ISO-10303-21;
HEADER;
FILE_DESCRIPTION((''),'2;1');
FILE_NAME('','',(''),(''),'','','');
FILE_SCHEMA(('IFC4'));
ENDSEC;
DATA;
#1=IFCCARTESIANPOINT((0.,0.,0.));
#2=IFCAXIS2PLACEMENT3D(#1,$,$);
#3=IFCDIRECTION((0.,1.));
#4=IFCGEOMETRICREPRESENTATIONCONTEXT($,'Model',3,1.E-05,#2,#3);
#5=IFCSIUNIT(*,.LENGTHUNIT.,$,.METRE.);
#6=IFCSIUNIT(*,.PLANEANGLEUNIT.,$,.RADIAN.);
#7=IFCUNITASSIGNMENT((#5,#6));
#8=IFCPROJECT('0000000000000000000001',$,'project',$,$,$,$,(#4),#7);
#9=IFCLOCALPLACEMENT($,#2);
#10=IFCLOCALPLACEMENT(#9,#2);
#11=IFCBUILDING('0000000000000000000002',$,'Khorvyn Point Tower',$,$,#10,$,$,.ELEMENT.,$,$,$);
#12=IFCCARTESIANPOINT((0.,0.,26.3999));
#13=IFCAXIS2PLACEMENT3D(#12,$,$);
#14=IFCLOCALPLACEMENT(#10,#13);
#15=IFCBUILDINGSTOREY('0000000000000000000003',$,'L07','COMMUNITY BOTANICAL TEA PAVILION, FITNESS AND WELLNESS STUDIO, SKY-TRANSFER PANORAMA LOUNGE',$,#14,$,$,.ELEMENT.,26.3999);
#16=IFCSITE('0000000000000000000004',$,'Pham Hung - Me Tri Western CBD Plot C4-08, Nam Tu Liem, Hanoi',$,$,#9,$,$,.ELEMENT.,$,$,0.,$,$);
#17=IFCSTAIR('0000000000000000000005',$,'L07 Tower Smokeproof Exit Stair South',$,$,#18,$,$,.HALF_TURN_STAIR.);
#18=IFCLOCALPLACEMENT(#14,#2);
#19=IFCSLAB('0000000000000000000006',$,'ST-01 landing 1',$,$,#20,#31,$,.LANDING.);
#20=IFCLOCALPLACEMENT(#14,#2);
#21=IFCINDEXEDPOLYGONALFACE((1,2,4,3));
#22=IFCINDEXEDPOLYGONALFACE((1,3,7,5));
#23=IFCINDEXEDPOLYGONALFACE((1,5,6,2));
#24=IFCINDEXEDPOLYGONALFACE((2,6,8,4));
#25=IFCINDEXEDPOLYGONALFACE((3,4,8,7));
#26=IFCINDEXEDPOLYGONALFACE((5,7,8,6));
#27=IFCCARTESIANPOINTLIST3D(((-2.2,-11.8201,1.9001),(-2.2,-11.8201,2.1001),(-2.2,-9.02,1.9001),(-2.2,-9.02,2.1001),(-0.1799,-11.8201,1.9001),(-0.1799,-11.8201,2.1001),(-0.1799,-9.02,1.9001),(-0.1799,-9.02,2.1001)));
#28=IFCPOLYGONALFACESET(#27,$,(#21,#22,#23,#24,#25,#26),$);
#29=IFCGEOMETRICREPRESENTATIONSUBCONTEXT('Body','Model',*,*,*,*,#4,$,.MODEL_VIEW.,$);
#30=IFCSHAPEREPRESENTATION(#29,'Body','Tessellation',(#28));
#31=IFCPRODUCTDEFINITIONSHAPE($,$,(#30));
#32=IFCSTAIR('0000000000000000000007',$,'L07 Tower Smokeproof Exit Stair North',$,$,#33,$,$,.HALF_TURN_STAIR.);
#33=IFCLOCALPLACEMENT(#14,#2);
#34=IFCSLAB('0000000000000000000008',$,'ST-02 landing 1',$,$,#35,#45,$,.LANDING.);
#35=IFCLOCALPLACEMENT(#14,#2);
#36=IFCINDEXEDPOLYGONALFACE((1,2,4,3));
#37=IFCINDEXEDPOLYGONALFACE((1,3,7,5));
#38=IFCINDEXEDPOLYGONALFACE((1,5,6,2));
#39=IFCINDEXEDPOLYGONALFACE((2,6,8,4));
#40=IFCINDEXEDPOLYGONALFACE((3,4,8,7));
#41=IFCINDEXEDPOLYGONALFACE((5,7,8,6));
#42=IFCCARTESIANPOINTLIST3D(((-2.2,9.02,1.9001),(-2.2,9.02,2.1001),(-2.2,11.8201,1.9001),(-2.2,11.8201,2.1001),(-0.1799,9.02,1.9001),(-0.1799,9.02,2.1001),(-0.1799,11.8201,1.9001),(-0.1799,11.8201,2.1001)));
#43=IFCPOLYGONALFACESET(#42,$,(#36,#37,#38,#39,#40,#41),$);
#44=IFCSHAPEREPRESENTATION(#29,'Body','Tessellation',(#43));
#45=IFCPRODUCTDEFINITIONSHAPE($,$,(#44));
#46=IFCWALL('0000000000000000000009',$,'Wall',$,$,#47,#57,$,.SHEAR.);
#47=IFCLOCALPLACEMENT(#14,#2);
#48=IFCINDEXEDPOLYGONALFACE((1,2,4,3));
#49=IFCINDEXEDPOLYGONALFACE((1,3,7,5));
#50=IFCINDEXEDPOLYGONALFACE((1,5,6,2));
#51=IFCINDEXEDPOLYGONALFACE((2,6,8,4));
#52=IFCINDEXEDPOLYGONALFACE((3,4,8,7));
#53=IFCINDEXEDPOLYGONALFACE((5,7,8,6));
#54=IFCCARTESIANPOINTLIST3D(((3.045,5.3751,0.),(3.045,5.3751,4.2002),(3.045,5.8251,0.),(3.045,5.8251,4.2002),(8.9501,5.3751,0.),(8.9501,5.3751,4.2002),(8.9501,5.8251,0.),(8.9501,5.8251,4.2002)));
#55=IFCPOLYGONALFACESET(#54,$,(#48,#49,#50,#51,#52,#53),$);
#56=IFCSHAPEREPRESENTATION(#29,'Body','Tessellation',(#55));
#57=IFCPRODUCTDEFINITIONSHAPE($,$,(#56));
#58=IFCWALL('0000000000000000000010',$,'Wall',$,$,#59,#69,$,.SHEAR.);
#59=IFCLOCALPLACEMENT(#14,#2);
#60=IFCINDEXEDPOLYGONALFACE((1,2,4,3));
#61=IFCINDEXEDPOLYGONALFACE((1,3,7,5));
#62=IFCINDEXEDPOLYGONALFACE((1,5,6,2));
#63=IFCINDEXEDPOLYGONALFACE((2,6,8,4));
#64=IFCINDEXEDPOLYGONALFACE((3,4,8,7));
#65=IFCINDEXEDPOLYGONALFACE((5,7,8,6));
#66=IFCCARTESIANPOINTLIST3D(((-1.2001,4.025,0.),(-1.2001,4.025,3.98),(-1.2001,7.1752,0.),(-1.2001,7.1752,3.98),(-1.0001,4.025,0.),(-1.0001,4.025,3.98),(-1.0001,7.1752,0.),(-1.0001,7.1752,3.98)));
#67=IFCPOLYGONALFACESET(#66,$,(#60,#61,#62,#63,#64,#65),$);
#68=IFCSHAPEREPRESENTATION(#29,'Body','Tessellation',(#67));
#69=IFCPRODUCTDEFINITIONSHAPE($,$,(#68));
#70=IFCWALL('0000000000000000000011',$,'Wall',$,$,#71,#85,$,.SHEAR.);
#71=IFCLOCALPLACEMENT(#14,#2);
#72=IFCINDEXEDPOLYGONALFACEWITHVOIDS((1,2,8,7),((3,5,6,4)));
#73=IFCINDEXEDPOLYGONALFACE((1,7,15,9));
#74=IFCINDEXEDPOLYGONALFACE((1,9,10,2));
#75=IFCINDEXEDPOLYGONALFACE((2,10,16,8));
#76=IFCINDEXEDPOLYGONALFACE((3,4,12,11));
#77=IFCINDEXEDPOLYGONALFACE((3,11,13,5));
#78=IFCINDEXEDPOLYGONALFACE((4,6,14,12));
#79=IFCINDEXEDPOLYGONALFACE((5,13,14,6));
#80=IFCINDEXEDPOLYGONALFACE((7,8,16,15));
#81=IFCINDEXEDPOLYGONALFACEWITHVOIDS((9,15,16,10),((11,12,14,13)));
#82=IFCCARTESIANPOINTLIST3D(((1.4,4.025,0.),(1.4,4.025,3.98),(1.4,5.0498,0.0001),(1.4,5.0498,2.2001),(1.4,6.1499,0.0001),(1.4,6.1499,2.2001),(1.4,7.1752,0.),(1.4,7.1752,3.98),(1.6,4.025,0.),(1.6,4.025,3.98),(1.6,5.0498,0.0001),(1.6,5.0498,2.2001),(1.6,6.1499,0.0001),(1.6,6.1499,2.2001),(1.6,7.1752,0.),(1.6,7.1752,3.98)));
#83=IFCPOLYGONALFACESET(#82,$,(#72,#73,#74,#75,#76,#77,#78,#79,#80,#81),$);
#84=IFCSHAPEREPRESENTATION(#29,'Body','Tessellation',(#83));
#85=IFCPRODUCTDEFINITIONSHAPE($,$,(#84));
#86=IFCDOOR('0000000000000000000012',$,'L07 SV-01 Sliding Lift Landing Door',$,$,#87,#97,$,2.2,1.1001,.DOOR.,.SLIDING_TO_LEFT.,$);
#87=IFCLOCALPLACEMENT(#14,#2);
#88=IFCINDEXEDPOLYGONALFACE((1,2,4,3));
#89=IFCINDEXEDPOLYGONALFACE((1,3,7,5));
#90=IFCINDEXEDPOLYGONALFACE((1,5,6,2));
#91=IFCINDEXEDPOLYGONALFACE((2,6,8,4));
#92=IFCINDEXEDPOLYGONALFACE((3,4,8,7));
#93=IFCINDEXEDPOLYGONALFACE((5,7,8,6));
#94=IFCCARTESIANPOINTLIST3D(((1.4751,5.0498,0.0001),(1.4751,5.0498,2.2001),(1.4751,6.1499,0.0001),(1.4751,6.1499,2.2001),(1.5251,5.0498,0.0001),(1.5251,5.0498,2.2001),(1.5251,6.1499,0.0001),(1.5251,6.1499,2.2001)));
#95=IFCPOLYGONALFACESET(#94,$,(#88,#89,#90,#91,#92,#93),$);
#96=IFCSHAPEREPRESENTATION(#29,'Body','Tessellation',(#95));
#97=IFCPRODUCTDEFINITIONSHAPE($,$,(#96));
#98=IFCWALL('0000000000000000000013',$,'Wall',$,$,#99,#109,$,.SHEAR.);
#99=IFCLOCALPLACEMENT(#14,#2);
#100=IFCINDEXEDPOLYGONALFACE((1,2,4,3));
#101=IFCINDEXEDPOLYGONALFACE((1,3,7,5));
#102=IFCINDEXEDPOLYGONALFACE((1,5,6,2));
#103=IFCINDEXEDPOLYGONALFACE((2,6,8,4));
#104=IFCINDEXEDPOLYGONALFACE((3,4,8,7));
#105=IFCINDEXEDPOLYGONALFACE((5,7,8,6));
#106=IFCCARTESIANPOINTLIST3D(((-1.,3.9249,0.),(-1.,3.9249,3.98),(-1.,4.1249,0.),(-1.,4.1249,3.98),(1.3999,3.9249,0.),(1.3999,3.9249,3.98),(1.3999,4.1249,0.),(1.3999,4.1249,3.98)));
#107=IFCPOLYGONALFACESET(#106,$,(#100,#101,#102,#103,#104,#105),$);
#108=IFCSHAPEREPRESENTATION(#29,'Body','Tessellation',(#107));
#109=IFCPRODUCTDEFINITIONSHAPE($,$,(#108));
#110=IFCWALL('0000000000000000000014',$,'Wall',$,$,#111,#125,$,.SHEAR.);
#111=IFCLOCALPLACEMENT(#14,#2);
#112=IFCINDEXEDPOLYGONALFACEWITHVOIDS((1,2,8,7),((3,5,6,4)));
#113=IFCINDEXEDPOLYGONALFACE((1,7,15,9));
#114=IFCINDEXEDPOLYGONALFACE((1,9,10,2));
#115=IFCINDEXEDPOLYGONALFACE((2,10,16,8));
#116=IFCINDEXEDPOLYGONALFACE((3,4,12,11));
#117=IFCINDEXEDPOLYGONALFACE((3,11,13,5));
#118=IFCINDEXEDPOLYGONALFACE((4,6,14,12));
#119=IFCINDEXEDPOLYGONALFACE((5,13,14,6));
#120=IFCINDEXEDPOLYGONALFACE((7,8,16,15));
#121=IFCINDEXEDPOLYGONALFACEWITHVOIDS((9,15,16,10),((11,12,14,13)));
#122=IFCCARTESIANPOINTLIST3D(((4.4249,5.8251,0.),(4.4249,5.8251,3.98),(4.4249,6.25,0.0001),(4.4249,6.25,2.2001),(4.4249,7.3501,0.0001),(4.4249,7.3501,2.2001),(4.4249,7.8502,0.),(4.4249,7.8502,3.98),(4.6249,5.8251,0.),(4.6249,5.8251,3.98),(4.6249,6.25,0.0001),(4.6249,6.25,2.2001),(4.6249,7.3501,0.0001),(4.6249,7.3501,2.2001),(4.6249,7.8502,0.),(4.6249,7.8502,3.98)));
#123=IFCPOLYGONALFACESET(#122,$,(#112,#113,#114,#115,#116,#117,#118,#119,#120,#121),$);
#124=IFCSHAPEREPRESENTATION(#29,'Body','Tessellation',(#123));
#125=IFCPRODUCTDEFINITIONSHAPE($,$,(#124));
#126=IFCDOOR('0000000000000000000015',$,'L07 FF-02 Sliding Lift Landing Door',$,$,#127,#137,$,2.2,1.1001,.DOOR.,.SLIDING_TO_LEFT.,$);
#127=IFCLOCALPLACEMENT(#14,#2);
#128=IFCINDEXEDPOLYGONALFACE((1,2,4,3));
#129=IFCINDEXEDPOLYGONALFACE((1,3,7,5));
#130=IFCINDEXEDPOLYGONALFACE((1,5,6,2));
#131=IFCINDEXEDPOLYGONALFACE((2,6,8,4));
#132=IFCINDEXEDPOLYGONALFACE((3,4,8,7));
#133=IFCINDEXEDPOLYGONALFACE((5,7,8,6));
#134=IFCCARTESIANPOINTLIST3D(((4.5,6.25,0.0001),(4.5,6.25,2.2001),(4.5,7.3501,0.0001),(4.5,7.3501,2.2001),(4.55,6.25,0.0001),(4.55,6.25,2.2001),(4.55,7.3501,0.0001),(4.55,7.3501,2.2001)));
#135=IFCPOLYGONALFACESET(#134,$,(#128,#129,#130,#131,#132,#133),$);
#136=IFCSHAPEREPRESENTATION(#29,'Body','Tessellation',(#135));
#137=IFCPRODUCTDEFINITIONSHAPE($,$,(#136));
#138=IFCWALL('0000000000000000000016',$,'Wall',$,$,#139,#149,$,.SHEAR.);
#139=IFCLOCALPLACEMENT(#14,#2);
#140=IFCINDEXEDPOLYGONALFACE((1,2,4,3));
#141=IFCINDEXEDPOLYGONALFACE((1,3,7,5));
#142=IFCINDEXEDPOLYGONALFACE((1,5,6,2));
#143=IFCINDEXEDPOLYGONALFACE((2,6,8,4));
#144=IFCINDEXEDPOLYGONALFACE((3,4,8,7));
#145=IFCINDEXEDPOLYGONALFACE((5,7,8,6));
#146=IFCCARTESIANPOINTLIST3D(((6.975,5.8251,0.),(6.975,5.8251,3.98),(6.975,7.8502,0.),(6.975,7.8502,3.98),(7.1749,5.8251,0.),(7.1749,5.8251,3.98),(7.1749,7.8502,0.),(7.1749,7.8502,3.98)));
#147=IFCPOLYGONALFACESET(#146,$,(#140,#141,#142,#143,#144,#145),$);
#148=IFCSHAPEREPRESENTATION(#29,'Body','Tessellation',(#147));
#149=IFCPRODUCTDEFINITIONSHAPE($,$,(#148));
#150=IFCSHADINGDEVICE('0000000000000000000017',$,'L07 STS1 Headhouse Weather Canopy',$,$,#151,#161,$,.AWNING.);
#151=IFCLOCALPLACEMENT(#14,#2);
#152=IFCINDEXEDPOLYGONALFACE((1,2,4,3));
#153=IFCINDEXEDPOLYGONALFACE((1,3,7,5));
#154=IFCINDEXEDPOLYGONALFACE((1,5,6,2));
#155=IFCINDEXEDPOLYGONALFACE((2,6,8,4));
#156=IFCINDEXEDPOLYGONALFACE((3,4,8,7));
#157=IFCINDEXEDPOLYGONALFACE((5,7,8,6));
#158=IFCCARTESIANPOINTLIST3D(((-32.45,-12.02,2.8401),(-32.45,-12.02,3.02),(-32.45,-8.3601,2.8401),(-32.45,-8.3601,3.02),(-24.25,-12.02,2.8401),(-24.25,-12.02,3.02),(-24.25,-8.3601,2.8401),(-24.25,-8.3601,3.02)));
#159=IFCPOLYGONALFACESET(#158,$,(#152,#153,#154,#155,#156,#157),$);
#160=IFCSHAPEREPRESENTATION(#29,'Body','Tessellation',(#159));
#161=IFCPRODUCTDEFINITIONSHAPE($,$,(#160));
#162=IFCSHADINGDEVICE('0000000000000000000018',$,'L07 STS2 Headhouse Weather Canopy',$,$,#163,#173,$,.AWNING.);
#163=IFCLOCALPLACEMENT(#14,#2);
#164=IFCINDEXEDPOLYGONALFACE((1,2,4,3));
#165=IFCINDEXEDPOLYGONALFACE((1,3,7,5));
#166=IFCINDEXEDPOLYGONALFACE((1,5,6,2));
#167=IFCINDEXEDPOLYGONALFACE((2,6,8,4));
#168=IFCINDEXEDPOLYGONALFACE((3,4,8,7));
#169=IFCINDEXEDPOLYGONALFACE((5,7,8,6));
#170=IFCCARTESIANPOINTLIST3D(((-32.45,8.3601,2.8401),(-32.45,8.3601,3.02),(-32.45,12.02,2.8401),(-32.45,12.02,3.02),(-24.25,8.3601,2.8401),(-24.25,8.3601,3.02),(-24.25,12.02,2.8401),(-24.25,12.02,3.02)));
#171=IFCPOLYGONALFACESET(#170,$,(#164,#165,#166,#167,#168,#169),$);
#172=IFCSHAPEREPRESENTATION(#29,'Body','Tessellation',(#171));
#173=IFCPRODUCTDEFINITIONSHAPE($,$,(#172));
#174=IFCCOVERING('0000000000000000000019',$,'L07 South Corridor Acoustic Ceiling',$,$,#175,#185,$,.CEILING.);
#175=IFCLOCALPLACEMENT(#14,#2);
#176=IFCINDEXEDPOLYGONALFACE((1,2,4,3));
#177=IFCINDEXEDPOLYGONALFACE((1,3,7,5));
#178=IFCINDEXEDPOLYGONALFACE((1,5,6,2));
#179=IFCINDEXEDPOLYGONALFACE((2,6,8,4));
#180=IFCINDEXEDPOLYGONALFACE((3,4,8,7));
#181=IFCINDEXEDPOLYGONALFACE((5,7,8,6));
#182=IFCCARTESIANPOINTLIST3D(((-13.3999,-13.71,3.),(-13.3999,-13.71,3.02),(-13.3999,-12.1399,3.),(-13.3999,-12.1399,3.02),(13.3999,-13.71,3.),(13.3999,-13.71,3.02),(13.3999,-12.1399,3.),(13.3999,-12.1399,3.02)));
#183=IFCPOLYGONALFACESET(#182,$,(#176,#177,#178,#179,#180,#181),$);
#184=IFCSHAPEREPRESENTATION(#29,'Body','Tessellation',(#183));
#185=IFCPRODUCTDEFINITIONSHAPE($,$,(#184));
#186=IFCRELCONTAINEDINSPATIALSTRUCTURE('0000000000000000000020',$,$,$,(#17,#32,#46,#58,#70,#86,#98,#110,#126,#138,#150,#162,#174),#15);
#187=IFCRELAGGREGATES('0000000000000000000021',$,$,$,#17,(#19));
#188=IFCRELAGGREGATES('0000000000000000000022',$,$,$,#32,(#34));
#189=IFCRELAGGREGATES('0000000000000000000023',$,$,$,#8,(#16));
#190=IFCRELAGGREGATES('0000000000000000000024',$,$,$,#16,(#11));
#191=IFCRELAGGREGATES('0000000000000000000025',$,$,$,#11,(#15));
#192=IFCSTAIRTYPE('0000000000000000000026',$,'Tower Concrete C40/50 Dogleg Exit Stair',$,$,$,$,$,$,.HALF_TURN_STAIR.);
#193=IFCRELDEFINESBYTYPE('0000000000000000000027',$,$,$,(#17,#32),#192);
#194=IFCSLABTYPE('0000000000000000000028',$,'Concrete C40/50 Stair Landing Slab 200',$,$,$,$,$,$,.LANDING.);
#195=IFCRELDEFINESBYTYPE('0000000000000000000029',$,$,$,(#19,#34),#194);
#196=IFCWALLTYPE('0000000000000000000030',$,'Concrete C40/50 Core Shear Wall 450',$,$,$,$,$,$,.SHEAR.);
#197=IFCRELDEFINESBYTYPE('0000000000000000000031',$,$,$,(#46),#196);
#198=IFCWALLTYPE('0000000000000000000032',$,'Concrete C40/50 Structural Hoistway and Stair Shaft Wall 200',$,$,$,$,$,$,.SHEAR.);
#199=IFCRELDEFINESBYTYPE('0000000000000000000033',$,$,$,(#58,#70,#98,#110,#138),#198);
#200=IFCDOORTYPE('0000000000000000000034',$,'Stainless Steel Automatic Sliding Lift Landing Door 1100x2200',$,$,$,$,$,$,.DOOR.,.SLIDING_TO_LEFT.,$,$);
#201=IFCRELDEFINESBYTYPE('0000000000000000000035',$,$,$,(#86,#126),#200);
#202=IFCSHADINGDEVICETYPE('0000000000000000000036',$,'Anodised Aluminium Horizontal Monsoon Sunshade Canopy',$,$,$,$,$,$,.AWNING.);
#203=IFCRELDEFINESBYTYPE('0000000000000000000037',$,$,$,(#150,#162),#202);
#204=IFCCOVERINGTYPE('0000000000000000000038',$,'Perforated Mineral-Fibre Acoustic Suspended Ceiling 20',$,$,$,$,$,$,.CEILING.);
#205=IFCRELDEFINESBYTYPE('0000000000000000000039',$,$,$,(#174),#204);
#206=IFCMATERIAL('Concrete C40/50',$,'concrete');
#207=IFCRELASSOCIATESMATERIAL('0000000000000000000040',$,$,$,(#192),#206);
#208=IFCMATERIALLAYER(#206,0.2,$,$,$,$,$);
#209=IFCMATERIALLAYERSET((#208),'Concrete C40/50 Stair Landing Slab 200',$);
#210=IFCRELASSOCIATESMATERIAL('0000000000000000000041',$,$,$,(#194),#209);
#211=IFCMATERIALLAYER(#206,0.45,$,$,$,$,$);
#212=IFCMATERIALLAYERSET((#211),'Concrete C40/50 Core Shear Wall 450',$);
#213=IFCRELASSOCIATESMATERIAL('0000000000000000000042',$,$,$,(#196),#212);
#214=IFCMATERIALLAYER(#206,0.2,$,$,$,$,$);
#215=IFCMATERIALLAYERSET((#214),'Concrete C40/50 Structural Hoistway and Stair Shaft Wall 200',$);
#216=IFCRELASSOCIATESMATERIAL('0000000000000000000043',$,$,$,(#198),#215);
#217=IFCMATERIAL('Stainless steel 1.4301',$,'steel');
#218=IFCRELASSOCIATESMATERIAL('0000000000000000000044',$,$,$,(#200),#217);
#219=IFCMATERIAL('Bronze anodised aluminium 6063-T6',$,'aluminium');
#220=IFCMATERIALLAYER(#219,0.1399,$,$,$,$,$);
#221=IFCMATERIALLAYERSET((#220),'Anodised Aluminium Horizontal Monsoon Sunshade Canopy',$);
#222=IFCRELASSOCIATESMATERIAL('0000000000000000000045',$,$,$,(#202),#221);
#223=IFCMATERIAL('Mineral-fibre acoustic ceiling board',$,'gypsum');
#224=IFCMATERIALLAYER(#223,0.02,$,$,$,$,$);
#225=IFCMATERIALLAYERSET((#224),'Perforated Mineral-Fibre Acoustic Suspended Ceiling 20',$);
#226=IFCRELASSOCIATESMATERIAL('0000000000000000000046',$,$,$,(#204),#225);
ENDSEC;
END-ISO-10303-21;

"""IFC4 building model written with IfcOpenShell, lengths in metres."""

from ifc_helpers import new_model, si_unit, direction, frame, frame_2d, origin, place, context, subcontext, project, spatial, polyline, rectangle, outline, extrude, material, layer, layer_set, type_object, element, fill, aggregate, save


model = new_model("IFC4")

# Units and contexts
model_context = context("Model", 3, precision=1e-05, world=origin(), true_north=direction((0.0, 1.0)))
body_context = subcontext(model_context, "Body", "Model", "MODEL_VIEW")
ifc_project = project(units=[si_unit("LENGTHUNIT", "METRE"), si_unit("PLANEANGLEUNIT", "RADIAN")], contexts=[model_context])

# Site, building, storey
site_placement = place(None, origin())
site = spatial("IfcSite", under=ifc_project, at=site_placement, Name="Pham Hung - Me Tri Western CBD Plot C4-08, Nam Tu Liem, Hanoi", CompositionType="ELEMENT", RefElevation=0.0)
building_placement = place(site_placement, origin())
building = spatial("IfcBuilding", under=site, at=building_placement, Name="Khorvyn Point Tower", CompositionType="ELEMENT")
storey_placement = place(building_placement, frame((0.0, 0.0, 26.3999)))
storey = spatial("IfcBuildingStorey", under=building, at=storey_placement, Name="L07", Description="COMMUNITY BOTANICAL TEA PAVILION, FITNESS AND WELLNESS STUDIO, SKY-TRANSFER PANORAMA LOUNGE", CompositionType="ELEMENT", Elevation=26.3999)

# Shared definitions
ifc_material_1 = material(Name="Concrete C40/50", Category="concrete")

# Stairs, slabs
stair_type = type_object("IfcStairType", Name="Tower Concrete C40/50 Dogleg Exit Stair", PredefinedType="HALF_TURN_STAIR", material=ifc_material_1)
stair_1_placement = place(storey_placement, origin())
stair_1 = element("IfcStair", 1, at=stair_1_placement, inside=storey, type_object=stair_type, Name="L07 Tower Smokeproof Exit Stair South", PredefinedType="HALF_TURN_STAIR")
ifc_layer_1 = layer(ifc_material_1, 0.2)
ifc_layer_set_1 = layer_set([ifc_layer_1], Name="Concrete C40/50 Stair Landing Slab 200")
slab_type_1 = type_object("IfcSlabType", Name="Concrete C40/50 Stair Landing Slab 200", PredefinedType="LANDING", material=ifc_layer_set_1)
slab_1_placement = place(storey_placement, frame((0.0, 0.0, 1.9001)))
slab_1 = element("IfcSlab", 2, at=slab_1_placement, type_object=slab_type_1, Name="ST-01 landing 1", PredefinedType="LANDING", context=body_context, shape_type="SweptSolid", body=[
    extrude(outline(polyline([(-0.1799, -9.02), (-2.2, -9.02), (-2.2, -11.8201), (-0.1799, -11.8201), (-0.1799, -9.02)])), origin(), (0.0, 0.0, 1.0), 0.2),
])
aggregate(stair_1, [slab_1])
stair_2_placement = place(storey_placement, origin())
stair_2 = element("IfcStair", 3, at=stair_2_placement, inside=storey, type_object=stair_type, Name="L07 Tower Smokeproof Exit Stair North", PredefinedType="HALF_TURN_STAIR")
slab_2_placement = place(storey_placement, frame((0.0, 0.0, 1.9001)))
slab_2 = element("IfcSlab", 4, at=slab_2_placement, type_object=slab_type_1, Name="ST-02 landing 1", PredefinedType="LANDING", context=body_context, shape_type="SweptSolid", body=[
    extrude(outline(polyline([(-0.1799, 11.8201), (-2.2, 11.8201), (-2.2, 9.02), (-0.1799, 9.02), (-0.1799, 11.8201)])), origin(), (0.0, 0.0, 1.0), 0.2),
])
aggregate(stair_2, [slab_2])

# Walls
ifc_layer_2 = layer(ifc_material_1, 0.45)
ifc_layer_set_2 = layer_set([ifc_layer_2], Name="Concrete C40/50 Core Shear Wall 450")
wall_type_1 = type_object("IfcWallType", Name="Concrete C40/50 Core Shear Wall 450", PredefinedType="SHEAR", material=ifc_layer_set_2)
wall_1_placement = place(storey_placement, frame((3.0449, 5.6001, 0.0), z_axis=(0.0, 0.0, 1.0), x_axis=(1.0, 0.0, 0.0)))
element("IfcWall", 5, at=wall_1_placement, inside=storey, type_object=wall_type_1, Name="Wall", PredefinedType="SHEAR", context=body_context, shape_type="SweptSolid", body=[
    extrude(rectangle(XDim=5.905, YDim=0.45, at=frame_2d((2.9526, 0.0))), origin(), (0.0, 0.0, 1.0), 4.2002),
])
ifc_layer_3 = layer(ifc_material_1, 0.2)
ifc_layer_set_3 = layer_set([ifc_layer_3], Name="Concrete C40/50 Structural Hoistway and Stair Shaft Wall 200")
wall_type_2 = type_object("IfcWallType", Name="Concrete C40/50 Structural Hoistway and Stair Shaft Wall 200", PredefinedType="SHEAR", material=ifc_layer_set_3)
wall_2_placement = place(storey_placement, frame((-1.1001, 4.0249, 0.0), z_axis=(0.0, 0.0, 1.0), x_axis=(0.0, 1.0, 0.0)))
element("IfcWall", 6, at=wall_2_placement, inside=storey, type_object=wall_type_2, Name="Wall", PredefinedType="SHEAR", context=body_context, shape_type="SweptSolid", body=[
    extrude(rectangle(XDim=3.1501, YDim=0.2, at=frame_2d((1.5752, 0.0))), origin(), (0.0, 0.0, 1.0), 3.98),
])

# Wall, opening, door
wall_3_placement = place(storey_placement, frame((1.5, 4.0249, 0.0), z_axis=(0.0, 0.0, 1.0), x_axis=(0.0, 1.0, 0.0)))
wall_3 = element("IfcWall", 7, at=wall_3_placement, inside=storey, type_object=wall_type_2, Name="Wall", PredefinedType="SHEAR", context=body_context, shape_type="SweptSolid", body=[
    extrude(rectangle(XDim=3.1501, YDim=0.2, at=frame_2d((1.5752, 0.0))), origin(), (0.0, 0.0, 1.0), 3.98),
])
opening_1_placement = place(wall_3_placement, frame((1.0249, 0.0, 0.0)))
opening_1 = element("IfcOpeningElement", 8, at=opening_1_placement, cuts=wall_3, PredefinedType="OPENING", context=body_context, shape_type="SweptSolid", body=[
    extrude(rectangle(XDim=1.1001, YDim=2.2, at=frame_2d((0.55, 1.1001))), frame((0.0, 0.1099, 0.0), z_axis=(0.0, -1.0, 0.0), x_axis=(1.0, 0.0, 0.0)), (0.0, 0.0, 1.0), 0.22),
])
ifc_material_2 = material(Name="Stainless steel 1.4301", Category="steel")
door_type = type_object("IfcDoorType", Name="Stainless Steel Automatic Sliding Lift Landing Door 1100x2200", OperationType="SLIDING_TO_LEFT", PredefinedType="DOOR", material=ifc_material_2)
door_1_placement = place(opening_1_placement, origin())
door_1 = element("IfcDoor", 9, at=door_1_placement, inside=storey, type_object=door_type, Name="L07 SV-01 Sliding Lift Landing Door", OperationType="SLIDING_TO_LEFT", OverallHeight=2.2, OverallWidth=1.1001, PredefinedType="DOOR", context=body_context, shape_type="SweptSolid", body=[
    extrude(rectangle(XDim=1.1001, YDim=2.2, at=frame_2d((0.55, 1.1001))), frame((0.0, 0.0249, 0.0), z_axis=(0.0, -1.0, 0.0), x_axis=(1.0, 0.0, 0.0)), (0.0, 0.0, 1.0), 0.05),
])
fill(opening_1, door_1)

# Wall
wall_4_placement = place(storey_placement, frame((-1.0, 4.0249, 0.0), z_axis=(0.0, 0.0, 1.0), x_axis=(1.0, 0.0, 0.0)))
element("IfcWall", 10, at=wall_4_placement, inside=storey, type_object=wall_type_2, Name="Wall", PredefinedType="SHEAR", context=body_context, shape_type="SweptSolid", body=[
    extrude(rectangle(XDim=2.3999, YDim=0.2, at=frame_2d((1.2, 0.0))), origin(), (0.0, 0.0, 1.0), 3.98),
])

# Wall, opening, door
wall_5_placement = place(storey_placement, frame((4.5249, 5.825, 0.0), z_axis=(0.0, 0.0, 1.0), x_axis=(0.0, 1.0, 0.0)))
wall_5 = element("IfcWall", 11, at=wall_5_placement, inside=storey, type_object=wall_type_2, Name="Wall", PredefinedType="SHEAR", context=body_context, shape_type="SweptSolid", body=[
    extrude(rectangle(XDim=2.0251, YDim=0.2, at=frame_2d((1.0127, 0.0))), origin(), (0.0, 0.0, 1.0), 3.98),
])
opening_2_placement = place(wall_5_placement, frame((0.425, 0.0, 0.0)))
opening_2 = element("IfcOpeningElement", 12, at=opening_2_placement, cuts=wall_5, PredefinedType="OPENING", context=body_context, shape_type="SweptSolid", body=[
    extrude(rectangle(XDim=1.1001, YDim=2.2, at=frame_2d((0.55, 1.1001))), frame((0.0, 0.1099, 0.0), z_axis=(0.0, -1.0, 0.0), x_axis=(1.0, 0.0, 0.0)), (0.0, 0.0, 1.0), 0.22),
])
door_2_placement = place(opening_2_placement, origin())
door_2 = element("IfcDoor", 13, at=door_2_placement, inside=storey, type_object=door_type, Name="L07 FF-02 Sliding Lift Landing Door", OperationType="SLIDING_TO_LEFT", OverallHeight=2.2, OverallWidth=1.1001, PredefinedType="DOOR", context=body_context, shape_type="SweptSolid", body=[
    extrude(rectangle(XDim=1.1001, YDim=2.2, at=frame_2d((0.55, 1.1001))), frame((0.0, 0.0249, 0.0), z_axis=(0.0, -1.0, 0.0), x_axis=(1.0, 0.0, 0.0)), (0.0, 0.0, 1.0), 0.05),
])
fill(opening_2, door_2)

# Wall
wall_6_placement = place(storey_placement, frame((7.075, 5.825, 0.0), z_axis=(0.0, 0.0, 1.0), x_axis=(0.0, 1.0, 0.0)))
element("IfcWall", 14, at=wall_6_placement, inside=storey, type_object=wall_type_2, Name="Wall", PredefinedType="SHEAR", context=body_context, shape_type="SweptSolid", body=[
    extrude(rectangle(XDim=2.0251, YDim=0.2, at=frame_2d((1.0127, 0.0))), origin(), (0.0, 0.0, 1.0), 3.98),
])

# Shading devices
ifc_material_3 = material(Name="Bronze anodised aluminium 6063-T6", Category="aluminium")
ifc_layer_4 = layer(ifc_material_3, 0.1399)
ifc_layer_set_4 = layer_set([ifc_layer_4], Name="Anodised Aluminium Horizontal Monsoon Sunshade Canopy")
shading_device_type = type_object("IfcShadingDeviceType", Name="Anodised Aluminium Horizontal Monsoon Sunshade Canopy", PredefinedType="AWNING", material=ifc_layer_set_4)
shading_device_1_placement = place(storey_placement, frame((0.0, 0.0, 2.8401)))
element("IfcShadingDevice", 15, at=shading_device_1_placement, inside=storey, type_object=shading_device_type, Name="L07 STS1 Headhouse Weather Canopy", PredefinedType="AWNING", context=body_context, shape_type="SweptSolid", body=[
    extrude(outline(polyline([(-32.45, -12.02), (-24.25, -12.02), (-24.25, -8.3601), (-32.45, -8.3601), (-32.45, -12.02)])), origin(), (0.0, 0.0, 1.0), 0.1799),
])
shading_device_2_placement = place(storey_placement, frame((0.0, 0.0, 2.8401)))
element("IfcShadingDevice", 16, at=shading_device_2_placement, inside=storey, type_object=shading_device_type, Name="L07 STS2 Headhouse Weather Canopy", PredefinedType="AWNING", context=body_context, shape_type="SweptSolid", body=[
    extrude(outline(polyline([(-32.45, 8.3601), (-24.25, 8.3601), (-24.25, 12.02), (-32.45, 12.02), (-32.45, 8.3601)])), origin(), (0.0, 0.0, 1.0), 0.1799),
])

# Covering
ifc_material_4 = material(Name="Mineral-fibre acoustic ceiling board", Category="gypsum")
ifc_layer_5 = layer(ifc_material_4, 0.02)
ifc_layer_set_5 = layer_set([ifc_layer_5], Name="Perforated Mineral-Fibre Acoustic Suspended Ceiling 20")
covering_type_1 = type_object("IfcCoveringType", Name="Perforated Mineral-Fibre Acoustic Suspended Ceiling 20", PredefinedType="CEILING", material=ifc_layer_set_5)
covering_1_placement = place(storey_placement, frame((0.0, 0.0, 3.0)))
element("IfcCovering", 17, at=covering_1_placement, inside=storey, type_object=covering_type_1, Name="L07 South Corridor Acoustic Ceiling", PredefinedType="CEILING", context=body_context, shape_type="SweptSolid", body=[
    extrude(outline(polyline([(-13.3999, -13.71), (13.3999, -13.71), (13.3999, -12.1399), (-13.3999, -12.1399), (-13.3999, -13.71)])), origin(), (0.0, 0.0, 1.0), 0.02),
])

save(model, "model.ifc")
